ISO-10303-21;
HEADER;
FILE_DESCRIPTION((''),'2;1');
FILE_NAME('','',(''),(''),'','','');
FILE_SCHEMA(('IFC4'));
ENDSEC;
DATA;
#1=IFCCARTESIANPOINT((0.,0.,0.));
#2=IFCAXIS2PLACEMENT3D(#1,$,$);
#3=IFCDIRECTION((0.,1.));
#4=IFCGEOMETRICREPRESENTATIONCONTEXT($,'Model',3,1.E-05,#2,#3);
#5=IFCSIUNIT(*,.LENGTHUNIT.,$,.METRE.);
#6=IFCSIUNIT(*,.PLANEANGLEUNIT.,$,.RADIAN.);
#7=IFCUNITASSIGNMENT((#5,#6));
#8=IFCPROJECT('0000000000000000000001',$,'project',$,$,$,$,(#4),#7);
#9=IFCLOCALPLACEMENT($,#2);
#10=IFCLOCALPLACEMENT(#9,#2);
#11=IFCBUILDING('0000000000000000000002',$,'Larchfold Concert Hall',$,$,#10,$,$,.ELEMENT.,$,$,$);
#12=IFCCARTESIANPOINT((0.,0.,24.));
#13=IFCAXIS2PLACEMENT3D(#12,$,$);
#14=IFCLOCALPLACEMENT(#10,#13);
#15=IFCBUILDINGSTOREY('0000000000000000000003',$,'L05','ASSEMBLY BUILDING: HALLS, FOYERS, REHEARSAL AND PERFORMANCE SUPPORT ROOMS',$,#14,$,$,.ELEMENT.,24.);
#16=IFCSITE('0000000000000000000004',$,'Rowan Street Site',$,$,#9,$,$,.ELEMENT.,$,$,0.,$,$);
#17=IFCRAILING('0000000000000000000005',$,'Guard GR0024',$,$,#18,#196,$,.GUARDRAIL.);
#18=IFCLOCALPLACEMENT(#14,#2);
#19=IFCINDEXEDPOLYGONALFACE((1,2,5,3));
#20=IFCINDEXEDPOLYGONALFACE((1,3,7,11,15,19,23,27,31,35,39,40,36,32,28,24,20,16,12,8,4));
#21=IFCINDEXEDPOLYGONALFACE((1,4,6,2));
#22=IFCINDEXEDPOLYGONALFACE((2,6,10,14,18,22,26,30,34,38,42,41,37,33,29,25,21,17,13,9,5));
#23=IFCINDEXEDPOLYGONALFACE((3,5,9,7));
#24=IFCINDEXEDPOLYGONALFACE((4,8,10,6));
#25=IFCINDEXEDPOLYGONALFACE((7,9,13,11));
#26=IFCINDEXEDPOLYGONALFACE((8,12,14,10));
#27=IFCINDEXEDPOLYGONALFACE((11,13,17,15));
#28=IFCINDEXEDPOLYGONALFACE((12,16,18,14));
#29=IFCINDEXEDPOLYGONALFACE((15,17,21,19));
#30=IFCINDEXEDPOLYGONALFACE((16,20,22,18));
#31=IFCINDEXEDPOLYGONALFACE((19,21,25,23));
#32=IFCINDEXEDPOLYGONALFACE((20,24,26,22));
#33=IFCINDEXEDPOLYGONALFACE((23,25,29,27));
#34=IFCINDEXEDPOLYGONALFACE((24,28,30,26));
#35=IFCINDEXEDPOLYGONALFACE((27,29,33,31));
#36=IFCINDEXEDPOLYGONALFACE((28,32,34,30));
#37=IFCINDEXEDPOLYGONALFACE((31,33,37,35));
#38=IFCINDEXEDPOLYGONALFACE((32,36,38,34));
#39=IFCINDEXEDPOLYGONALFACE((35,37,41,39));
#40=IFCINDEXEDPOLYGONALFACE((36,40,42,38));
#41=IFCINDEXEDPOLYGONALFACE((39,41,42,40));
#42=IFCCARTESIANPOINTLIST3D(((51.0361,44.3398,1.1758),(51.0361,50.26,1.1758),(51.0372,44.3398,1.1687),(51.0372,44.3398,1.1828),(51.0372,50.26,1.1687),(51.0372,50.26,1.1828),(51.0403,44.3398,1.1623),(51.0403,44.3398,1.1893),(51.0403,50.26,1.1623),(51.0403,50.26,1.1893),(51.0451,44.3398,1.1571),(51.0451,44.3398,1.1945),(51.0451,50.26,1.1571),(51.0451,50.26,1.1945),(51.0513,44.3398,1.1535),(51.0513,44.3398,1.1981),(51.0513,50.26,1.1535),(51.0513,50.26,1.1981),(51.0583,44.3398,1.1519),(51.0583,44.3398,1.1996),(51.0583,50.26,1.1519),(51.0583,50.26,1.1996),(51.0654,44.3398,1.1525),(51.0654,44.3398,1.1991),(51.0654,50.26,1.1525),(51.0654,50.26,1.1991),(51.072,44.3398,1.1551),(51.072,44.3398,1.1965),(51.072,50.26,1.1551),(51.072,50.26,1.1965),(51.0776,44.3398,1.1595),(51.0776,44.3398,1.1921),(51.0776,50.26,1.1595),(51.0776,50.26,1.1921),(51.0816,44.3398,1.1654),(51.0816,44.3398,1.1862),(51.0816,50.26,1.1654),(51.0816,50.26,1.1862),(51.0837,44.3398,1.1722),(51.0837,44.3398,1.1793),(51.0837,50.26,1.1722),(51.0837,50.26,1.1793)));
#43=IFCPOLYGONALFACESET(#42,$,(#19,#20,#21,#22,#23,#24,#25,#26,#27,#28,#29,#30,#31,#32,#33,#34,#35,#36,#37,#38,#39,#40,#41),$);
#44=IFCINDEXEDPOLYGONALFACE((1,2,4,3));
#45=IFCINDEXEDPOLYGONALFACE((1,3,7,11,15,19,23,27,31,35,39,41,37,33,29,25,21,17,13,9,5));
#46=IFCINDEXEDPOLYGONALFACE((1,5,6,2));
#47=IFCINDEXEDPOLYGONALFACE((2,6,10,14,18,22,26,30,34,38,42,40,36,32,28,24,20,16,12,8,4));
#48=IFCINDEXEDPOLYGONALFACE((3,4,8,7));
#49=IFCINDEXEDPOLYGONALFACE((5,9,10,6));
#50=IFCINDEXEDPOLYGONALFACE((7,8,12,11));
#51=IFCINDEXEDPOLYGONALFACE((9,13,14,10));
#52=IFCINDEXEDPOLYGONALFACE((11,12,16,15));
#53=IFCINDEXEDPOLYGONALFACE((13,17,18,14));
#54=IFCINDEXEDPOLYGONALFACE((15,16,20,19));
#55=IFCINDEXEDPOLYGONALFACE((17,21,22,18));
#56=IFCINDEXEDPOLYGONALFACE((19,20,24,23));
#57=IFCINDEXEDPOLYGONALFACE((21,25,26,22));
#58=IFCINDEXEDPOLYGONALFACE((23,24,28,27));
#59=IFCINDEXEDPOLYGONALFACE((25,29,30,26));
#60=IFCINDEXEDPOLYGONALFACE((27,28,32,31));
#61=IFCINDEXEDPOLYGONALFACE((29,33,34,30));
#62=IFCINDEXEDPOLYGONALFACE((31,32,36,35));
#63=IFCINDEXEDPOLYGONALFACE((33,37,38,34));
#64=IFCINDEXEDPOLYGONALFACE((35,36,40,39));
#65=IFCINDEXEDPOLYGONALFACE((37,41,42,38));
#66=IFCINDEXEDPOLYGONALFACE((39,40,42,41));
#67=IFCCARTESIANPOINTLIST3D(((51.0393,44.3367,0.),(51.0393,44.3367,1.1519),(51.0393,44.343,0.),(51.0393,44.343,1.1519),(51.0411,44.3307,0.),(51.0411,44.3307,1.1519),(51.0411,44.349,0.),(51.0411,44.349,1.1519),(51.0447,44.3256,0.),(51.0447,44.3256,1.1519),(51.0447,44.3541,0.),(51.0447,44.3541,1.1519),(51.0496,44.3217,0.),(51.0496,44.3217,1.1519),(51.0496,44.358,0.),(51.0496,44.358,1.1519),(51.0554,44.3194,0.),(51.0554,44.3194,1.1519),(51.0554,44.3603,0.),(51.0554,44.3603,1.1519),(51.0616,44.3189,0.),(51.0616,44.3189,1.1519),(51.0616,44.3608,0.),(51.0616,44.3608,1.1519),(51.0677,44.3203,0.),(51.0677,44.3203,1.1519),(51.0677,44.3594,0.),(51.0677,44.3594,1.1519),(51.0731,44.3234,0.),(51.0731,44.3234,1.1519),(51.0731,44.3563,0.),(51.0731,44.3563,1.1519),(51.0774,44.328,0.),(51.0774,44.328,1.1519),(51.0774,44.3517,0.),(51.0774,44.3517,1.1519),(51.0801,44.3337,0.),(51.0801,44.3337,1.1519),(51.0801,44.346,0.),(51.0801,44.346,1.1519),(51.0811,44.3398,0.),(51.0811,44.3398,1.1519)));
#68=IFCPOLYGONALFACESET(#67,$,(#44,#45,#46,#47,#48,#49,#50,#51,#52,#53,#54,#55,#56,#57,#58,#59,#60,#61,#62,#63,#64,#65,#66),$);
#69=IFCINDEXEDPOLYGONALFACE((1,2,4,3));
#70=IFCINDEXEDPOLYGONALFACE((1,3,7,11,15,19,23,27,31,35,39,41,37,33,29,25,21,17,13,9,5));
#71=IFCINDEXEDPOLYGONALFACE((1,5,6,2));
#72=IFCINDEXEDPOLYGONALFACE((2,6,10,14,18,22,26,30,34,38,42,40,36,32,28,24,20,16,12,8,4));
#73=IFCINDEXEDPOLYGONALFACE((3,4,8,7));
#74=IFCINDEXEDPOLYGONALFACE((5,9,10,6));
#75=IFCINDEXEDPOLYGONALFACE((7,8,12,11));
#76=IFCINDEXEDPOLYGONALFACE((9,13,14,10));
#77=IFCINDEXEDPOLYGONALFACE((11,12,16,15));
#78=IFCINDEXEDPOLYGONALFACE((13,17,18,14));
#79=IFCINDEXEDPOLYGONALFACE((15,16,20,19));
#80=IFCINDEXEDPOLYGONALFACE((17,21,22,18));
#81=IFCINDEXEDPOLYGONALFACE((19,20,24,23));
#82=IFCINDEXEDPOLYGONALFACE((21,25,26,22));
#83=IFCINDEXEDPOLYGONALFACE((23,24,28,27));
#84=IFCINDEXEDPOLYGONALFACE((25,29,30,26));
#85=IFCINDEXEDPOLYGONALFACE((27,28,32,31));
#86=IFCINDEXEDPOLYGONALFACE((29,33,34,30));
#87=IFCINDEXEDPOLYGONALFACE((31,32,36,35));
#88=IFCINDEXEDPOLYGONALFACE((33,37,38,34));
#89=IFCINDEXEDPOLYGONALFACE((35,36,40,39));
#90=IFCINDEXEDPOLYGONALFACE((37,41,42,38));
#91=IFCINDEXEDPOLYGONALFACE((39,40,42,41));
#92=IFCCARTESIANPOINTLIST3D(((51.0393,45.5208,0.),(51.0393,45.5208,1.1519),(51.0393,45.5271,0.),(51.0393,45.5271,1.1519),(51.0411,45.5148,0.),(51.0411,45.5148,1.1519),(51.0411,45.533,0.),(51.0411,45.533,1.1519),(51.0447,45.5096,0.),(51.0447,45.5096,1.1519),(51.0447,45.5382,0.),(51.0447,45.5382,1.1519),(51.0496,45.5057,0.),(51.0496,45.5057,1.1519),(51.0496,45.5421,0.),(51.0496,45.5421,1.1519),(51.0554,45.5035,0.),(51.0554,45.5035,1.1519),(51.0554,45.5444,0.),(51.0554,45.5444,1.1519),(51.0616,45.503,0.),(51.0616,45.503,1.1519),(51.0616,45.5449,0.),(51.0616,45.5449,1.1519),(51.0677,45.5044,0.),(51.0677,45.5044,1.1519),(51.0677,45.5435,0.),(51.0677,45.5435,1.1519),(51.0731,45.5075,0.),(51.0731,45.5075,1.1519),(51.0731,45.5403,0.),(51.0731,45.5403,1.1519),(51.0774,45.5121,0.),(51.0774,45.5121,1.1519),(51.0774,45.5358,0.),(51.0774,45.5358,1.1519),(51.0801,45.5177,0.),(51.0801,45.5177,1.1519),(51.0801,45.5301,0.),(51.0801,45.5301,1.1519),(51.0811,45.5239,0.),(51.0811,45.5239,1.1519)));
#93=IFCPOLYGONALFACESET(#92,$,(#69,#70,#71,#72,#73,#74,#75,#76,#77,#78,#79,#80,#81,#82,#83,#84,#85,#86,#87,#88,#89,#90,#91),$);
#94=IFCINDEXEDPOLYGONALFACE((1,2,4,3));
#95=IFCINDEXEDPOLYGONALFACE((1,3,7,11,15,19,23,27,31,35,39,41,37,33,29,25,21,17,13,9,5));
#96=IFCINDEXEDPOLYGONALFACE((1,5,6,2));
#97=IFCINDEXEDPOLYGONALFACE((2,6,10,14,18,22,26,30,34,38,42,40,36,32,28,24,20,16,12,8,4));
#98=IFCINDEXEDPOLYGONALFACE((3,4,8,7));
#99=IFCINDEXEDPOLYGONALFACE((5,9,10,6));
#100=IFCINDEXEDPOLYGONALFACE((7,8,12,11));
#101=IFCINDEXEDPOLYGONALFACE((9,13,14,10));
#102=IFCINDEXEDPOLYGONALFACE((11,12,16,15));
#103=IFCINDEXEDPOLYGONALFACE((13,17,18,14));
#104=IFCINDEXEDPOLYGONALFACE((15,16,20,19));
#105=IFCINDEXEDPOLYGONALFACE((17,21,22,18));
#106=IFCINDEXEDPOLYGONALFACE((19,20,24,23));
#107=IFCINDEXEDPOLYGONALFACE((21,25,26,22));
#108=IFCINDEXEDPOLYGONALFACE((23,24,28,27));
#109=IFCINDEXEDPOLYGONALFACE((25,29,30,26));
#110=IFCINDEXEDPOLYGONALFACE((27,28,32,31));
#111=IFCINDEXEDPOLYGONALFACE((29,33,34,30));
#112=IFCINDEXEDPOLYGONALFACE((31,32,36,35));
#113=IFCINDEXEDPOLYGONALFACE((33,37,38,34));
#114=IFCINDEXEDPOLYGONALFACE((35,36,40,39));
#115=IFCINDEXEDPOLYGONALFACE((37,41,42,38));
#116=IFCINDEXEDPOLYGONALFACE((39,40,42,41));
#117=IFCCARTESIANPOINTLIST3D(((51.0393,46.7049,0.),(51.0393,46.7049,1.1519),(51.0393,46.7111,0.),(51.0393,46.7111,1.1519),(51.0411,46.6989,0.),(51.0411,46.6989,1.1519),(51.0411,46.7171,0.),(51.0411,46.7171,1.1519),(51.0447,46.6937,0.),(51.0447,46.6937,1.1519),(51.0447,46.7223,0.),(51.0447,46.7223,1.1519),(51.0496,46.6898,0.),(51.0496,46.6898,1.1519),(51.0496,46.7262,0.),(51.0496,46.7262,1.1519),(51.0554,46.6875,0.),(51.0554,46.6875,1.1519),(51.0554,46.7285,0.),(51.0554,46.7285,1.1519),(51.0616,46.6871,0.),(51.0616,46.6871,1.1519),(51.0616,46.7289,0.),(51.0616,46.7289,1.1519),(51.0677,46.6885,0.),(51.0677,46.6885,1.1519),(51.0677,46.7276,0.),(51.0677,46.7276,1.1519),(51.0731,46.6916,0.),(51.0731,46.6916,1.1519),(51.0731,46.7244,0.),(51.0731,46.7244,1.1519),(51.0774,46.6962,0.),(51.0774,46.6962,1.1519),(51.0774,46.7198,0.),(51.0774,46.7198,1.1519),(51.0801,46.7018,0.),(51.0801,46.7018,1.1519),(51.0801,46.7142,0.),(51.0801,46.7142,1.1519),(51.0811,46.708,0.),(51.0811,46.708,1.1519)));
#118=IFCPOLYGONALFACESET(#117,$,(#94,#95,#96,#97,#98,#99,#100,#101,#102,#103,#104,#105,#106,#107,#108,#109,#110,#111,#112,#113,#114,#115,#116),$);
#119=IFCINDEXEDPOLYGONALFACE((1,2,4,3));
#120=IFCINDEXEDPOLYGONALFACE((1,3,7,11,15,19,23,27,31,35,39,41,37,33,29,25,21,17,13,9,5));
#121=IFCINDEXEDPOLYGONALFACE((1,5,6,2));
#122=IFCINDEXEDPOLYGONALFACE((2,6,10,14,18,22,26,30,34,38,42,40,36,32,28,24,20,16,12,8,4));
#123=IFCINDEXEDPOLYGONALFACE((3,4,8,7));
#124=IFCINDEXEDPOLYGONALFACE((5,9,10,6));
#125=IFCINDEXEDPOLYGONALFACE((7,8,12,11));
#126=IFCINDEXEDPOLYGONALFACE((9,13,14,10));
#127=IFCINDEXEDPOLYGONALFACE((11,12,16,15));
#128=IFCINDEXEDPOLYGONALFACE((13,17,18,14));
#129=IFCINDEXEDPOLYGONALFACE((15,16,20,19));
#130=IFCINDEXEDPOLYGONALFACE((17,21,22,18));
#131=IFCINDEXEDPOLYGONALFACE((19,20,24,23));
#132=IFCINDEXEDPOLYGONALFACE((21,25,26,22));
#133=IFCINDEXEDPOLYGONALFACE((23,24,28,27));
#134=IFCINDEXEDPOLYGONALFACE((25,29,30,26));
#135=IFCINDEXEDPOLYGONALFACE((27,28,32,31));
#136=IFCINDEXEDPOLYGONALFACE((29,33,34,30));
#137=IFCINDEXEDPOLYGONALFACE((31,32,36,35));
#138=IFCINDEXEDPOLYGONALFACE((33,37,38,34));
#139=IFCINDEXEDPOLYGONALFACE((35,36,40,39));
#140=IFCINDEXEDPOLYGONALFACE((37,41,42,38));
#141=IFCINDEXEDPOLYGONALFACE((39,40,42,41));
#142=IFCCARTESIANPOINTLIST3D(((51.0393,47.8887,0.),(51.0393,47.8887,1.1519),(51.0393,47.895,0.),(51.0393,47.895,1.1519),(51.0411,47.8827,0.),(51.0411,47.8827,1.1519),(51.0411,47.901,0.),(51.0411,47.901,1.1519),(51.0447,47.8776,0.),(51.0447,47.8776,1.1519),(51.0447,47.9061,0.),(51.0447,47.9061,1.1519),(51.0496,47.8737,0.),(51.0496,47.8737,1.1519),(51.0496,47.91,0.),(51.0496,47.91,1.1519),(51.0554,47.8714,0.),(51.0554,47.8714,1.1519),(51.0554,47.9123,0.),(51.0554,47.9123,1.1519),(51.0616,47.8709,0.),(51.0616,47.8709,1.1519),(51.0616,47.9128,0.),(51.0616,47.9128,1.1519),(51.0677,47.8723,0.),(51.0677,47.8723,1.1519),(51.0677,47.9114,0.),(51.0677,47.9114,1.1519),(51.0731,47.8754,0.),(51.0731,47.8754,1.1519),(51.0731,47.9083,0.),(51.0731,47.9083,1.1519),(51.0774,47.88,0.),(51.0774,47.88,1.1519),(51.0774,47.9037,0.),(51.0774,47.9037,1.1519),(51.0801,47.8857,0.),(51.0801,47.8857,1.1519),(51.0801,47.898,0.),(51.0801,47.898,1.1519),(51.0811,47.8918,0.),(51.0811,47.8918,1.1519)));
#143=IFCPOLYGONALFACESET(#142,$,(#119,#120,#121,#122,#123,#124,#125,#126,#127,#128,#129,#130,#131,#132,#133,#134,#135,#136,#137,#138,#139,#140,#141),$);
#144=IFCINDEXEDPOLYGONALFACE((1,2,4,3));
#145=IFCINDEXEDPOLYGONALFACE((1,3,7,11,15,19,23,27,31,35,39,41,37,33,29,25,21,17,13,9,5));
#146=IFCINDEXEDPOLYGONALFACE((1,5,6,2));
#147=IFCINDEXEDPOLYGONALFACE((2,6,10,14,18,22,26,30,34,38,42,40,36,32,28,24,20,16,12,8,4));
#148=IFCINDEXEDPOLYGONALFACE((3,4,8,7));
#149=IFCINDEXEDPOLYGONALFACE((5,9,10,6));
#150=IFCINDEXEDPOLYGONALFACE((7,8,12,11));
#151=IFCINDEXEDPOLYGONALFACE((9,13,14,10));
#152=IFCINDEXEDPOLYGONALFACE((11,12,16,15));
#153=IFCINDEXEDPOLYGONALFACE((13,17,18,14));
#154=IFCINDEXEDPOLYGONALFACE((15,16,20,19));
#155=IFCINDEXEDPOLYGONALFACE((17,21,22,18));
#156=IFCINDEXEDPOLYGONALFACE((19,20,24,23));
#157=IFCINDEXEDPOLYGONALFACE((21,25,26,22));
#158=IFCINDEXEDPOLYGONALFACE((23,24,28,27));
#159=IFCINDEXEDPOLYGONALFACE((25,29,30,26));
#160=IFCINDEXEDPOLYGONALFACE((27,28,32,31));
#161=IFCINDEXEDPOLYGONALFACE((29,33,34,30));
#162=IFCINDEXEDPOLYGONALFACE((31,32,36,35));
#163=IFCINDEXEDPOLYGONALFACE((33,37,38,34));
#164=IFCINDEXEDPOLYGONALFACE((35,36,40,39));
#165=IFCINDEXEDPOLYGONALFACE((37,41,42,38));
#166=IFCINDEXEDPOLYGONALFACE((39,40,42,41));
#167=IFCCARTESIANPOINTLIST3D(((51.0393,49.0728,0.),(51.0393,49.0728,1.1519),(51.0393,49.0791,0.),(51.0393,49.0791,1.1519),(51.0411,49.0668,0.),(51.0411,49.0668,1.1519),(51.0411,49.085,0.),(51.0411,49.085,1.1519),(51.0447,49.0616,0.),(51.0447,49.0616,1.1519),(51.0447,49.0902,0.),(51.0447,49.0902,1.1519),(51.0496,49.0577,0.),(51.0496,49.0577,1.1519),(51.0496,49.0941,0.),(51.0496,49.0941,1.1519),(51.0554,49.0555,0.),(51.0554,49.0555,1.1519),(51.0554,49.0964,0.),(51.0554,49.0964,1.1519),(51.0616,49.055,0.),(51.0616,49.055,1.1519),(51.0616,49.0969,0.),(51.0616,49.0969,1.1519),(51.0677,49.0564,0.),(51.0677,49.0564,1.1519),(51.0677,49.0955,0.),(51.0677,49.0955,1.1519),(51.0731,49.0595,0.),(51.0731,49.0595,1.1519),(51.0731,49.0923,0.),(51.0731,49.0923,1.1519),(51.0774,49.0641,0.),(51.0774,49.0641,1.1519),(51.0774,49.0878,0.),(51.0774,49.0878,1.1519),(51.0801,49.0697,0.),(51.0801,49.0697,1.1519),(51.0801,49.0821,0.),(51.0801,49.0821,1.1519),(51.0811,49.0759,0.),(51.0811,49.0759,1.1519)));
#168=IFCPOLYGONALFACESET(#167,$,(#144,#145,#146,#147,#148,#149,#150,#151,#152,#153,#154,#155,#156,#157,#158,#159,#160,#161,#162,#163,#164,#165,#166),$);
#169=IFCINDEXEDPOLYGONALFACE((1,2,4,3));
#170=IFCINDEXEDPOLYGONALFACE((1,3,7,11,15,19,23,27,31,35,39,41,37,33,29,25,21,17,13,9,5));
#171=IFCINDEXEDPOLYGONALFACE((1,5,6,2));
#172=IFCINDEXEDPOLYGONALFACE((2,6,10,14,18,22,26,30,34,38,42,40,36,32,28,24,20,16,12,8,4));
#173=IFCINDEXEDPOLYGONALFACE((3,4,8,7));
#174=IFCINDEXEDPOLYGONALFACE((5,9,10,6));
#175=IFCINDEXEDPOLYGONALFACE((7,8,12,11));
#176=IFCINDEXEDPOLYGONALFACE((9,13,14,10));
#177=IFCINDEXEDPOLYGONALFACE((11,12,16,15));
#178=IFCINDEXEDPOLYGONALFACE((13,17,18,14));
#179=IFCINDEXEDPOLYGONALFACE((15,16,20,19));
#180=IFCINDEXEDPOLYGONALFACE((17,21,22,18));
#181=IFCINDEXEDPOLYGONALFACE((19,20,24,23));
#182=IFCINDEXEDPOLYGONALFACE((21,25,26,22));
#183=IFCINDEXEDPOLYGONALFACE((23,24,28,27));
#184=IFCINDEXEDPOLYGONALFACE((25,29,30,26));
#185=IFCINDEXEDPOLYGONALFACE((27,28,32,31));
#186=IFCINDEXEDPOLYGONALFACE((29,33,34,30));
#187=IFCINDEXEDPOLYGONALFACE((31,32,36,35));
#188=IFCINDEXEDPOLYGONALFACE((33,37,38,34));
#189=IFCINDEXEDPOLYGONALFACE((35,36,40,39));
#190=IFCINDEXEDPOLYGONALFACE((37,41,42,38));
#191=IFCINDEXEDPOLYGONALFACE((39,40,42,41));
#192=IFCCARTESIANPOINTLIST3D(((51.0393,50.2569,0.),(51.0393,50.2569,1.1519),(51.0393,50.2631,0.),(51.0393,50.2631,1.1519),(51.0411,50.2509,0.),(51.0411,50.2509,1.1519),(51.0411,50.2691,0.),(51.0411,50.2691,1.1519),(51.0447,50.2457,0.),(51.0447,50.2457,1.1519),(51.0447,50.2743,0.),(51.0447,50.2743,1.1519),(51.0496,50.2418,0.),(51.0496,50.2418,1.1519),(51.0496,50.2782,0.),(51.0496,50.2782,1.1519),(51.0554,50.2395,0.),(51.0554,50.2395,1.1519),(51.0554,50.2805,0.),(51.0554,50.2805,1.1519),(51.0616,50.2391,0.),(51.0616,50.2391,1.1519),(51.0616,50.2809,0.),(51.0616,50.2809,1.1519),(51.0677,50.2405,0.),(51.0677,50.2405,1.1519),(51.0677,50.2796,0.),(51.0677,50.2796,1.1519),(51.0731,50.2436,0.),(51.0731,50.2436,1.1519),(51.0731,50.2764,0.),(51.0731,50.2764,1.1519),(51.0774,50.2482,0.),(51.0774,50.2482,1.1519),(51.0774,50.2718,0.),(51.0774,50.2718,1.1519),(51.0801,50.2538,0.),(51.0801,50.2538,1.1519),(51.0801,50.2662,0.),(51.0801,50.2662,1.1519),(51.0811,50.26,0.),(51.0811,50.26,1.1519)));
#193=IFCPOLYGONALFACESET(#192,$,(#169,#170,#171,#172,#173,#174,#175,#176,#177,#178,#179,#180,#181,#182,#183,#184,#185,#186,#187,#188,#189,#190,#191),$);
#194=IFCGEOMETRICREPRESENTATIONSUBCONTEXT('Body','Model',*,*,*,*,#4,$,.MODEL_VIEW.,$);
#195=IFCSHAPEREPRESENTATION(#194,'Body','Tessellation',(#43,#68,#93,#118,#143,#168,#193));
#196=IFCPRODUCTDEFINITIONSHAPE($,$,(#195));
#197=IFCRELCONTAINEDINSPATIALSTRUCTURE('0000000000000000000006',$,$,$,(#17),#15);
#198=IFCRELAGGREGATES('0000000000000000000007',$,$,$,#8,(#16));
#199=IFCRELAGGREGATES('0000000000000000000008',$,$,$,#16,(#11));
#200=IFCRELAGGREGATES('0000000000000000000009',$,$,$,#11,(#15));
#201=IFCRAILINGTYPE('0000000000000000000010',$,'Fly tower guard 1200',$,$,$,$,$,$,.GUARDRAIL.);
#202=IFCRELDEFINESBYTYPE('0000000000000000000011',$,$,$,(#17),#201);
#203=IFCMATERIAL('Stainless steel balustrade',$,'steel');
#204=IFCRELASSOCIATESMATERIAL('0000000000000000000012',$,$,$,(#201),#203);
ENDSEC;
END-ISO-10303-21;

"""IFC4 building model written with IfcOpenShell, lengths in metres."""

from ifc_helpers import new_model, si_unit, direction, frame, origin, origin_2d, place, context, subcontext, project, spatial, circle, extrude, material, type_object, element, save


model = new_model("IFC4")

# Units and contexts
model_context = context("Model", 3, precision=1e-05, world=origin(), true_north=direction((0.0, 1.0)))
body_context = subcontext(model_context, "Body", "Model", "MODEL_VIEW")
ifc_project = project(units=[si_unit("LENGTHUNIT", "METRE"), si_unit("PLANEANGLEUNIT", "RADIAN")], contexts=[model_context])

# Site, building, storey
site_placement = place(None, origin())
site = spatial("IfcSite", under=ifc_project, at=site_placement, Name="Rowan Street Site", CompositionType="ELEMENT", RefElevation=0.0)
building_placement = place(site_placement, origin())
building = spatial("IfcBuilding", under=site, at=building_placement, Name="Larchfold Concert Hall", CompositionType="ELEMENT")
storey_placement = place(building_placement, frame((0.0, 0.0, 24.0)))
storey = spatial("IfcBuildingStorey", under=building, at=storey_placement, Name="L05", Description="ASSEMBLY BUILDING: HALLS, FOYERS, REHEARSAL AND PERFORMANCE SUPPORT ROOMS", CompositionType="ELEMENT", Elevation=24.0)

# Railing
ifc_material_1 = material(Name="Stainless steel balustrade", Category="steel")
railing_type_1 = type_object("IfcRailingType", Name="Fly tower guard 1200", PredefinedType="GUARDRAIL", material=ifc_material_1)
railing_1_placement = place(storey_placement, frame((51.0601, 44.3398, 0.0)))
element("IfcRailing", 1, at=railing_1_placement, inside=storey, type_object=railing_type_1, Name="Guard GR0024", PredefinedType="GUARDRAIL", context=body_context, shape_type="SweptSolid", body=[
    extrude(circle(Radius=0.0239, at=origin_2d()), frame((0.0, 0.0, 1.1758), z_axis=(0.0, 1.0, 0.0), x_axis=(-1.0, 0.0, 0.0)), (0.0, 0.0, 1.0), 5.9202),
    extrude(circle(Radius=0.021, at=origin_2d()), origin(), (0.0, 0.0, 1.0), 1.1519),
    extrude(circle(Radius=0.021, at=origin_2d()), frame((0.0, 1.1841, 0.0)), (0.0, 0.0, 1.0), 1.1519),
    extrude(circle(Radius=0.021, at=origin_2d()), frame((0.0, 2.3682, 0.0)), (0.0, 0.0, 1.0), 1.1519),
    extrude(circle(Radius=0.021, at=origin_2d()), frame((0.0, 3.552, 0.0)), (0.0, 0.0, 1.0), 1.1519),
    extrude(circle(Radius=0.021, at=origin_2d()), frame((0.0, 4.7361, 0.0)), (0.0, 0.0, 1.0), 1.1519),
    extrude(circle(Radius=0.021, at=origin_2d()), frame((0.0, 5.9202, 0.0)), (0.0, 0.0, 1.0), 1.1519),
])

save(model, "model.ifc")
